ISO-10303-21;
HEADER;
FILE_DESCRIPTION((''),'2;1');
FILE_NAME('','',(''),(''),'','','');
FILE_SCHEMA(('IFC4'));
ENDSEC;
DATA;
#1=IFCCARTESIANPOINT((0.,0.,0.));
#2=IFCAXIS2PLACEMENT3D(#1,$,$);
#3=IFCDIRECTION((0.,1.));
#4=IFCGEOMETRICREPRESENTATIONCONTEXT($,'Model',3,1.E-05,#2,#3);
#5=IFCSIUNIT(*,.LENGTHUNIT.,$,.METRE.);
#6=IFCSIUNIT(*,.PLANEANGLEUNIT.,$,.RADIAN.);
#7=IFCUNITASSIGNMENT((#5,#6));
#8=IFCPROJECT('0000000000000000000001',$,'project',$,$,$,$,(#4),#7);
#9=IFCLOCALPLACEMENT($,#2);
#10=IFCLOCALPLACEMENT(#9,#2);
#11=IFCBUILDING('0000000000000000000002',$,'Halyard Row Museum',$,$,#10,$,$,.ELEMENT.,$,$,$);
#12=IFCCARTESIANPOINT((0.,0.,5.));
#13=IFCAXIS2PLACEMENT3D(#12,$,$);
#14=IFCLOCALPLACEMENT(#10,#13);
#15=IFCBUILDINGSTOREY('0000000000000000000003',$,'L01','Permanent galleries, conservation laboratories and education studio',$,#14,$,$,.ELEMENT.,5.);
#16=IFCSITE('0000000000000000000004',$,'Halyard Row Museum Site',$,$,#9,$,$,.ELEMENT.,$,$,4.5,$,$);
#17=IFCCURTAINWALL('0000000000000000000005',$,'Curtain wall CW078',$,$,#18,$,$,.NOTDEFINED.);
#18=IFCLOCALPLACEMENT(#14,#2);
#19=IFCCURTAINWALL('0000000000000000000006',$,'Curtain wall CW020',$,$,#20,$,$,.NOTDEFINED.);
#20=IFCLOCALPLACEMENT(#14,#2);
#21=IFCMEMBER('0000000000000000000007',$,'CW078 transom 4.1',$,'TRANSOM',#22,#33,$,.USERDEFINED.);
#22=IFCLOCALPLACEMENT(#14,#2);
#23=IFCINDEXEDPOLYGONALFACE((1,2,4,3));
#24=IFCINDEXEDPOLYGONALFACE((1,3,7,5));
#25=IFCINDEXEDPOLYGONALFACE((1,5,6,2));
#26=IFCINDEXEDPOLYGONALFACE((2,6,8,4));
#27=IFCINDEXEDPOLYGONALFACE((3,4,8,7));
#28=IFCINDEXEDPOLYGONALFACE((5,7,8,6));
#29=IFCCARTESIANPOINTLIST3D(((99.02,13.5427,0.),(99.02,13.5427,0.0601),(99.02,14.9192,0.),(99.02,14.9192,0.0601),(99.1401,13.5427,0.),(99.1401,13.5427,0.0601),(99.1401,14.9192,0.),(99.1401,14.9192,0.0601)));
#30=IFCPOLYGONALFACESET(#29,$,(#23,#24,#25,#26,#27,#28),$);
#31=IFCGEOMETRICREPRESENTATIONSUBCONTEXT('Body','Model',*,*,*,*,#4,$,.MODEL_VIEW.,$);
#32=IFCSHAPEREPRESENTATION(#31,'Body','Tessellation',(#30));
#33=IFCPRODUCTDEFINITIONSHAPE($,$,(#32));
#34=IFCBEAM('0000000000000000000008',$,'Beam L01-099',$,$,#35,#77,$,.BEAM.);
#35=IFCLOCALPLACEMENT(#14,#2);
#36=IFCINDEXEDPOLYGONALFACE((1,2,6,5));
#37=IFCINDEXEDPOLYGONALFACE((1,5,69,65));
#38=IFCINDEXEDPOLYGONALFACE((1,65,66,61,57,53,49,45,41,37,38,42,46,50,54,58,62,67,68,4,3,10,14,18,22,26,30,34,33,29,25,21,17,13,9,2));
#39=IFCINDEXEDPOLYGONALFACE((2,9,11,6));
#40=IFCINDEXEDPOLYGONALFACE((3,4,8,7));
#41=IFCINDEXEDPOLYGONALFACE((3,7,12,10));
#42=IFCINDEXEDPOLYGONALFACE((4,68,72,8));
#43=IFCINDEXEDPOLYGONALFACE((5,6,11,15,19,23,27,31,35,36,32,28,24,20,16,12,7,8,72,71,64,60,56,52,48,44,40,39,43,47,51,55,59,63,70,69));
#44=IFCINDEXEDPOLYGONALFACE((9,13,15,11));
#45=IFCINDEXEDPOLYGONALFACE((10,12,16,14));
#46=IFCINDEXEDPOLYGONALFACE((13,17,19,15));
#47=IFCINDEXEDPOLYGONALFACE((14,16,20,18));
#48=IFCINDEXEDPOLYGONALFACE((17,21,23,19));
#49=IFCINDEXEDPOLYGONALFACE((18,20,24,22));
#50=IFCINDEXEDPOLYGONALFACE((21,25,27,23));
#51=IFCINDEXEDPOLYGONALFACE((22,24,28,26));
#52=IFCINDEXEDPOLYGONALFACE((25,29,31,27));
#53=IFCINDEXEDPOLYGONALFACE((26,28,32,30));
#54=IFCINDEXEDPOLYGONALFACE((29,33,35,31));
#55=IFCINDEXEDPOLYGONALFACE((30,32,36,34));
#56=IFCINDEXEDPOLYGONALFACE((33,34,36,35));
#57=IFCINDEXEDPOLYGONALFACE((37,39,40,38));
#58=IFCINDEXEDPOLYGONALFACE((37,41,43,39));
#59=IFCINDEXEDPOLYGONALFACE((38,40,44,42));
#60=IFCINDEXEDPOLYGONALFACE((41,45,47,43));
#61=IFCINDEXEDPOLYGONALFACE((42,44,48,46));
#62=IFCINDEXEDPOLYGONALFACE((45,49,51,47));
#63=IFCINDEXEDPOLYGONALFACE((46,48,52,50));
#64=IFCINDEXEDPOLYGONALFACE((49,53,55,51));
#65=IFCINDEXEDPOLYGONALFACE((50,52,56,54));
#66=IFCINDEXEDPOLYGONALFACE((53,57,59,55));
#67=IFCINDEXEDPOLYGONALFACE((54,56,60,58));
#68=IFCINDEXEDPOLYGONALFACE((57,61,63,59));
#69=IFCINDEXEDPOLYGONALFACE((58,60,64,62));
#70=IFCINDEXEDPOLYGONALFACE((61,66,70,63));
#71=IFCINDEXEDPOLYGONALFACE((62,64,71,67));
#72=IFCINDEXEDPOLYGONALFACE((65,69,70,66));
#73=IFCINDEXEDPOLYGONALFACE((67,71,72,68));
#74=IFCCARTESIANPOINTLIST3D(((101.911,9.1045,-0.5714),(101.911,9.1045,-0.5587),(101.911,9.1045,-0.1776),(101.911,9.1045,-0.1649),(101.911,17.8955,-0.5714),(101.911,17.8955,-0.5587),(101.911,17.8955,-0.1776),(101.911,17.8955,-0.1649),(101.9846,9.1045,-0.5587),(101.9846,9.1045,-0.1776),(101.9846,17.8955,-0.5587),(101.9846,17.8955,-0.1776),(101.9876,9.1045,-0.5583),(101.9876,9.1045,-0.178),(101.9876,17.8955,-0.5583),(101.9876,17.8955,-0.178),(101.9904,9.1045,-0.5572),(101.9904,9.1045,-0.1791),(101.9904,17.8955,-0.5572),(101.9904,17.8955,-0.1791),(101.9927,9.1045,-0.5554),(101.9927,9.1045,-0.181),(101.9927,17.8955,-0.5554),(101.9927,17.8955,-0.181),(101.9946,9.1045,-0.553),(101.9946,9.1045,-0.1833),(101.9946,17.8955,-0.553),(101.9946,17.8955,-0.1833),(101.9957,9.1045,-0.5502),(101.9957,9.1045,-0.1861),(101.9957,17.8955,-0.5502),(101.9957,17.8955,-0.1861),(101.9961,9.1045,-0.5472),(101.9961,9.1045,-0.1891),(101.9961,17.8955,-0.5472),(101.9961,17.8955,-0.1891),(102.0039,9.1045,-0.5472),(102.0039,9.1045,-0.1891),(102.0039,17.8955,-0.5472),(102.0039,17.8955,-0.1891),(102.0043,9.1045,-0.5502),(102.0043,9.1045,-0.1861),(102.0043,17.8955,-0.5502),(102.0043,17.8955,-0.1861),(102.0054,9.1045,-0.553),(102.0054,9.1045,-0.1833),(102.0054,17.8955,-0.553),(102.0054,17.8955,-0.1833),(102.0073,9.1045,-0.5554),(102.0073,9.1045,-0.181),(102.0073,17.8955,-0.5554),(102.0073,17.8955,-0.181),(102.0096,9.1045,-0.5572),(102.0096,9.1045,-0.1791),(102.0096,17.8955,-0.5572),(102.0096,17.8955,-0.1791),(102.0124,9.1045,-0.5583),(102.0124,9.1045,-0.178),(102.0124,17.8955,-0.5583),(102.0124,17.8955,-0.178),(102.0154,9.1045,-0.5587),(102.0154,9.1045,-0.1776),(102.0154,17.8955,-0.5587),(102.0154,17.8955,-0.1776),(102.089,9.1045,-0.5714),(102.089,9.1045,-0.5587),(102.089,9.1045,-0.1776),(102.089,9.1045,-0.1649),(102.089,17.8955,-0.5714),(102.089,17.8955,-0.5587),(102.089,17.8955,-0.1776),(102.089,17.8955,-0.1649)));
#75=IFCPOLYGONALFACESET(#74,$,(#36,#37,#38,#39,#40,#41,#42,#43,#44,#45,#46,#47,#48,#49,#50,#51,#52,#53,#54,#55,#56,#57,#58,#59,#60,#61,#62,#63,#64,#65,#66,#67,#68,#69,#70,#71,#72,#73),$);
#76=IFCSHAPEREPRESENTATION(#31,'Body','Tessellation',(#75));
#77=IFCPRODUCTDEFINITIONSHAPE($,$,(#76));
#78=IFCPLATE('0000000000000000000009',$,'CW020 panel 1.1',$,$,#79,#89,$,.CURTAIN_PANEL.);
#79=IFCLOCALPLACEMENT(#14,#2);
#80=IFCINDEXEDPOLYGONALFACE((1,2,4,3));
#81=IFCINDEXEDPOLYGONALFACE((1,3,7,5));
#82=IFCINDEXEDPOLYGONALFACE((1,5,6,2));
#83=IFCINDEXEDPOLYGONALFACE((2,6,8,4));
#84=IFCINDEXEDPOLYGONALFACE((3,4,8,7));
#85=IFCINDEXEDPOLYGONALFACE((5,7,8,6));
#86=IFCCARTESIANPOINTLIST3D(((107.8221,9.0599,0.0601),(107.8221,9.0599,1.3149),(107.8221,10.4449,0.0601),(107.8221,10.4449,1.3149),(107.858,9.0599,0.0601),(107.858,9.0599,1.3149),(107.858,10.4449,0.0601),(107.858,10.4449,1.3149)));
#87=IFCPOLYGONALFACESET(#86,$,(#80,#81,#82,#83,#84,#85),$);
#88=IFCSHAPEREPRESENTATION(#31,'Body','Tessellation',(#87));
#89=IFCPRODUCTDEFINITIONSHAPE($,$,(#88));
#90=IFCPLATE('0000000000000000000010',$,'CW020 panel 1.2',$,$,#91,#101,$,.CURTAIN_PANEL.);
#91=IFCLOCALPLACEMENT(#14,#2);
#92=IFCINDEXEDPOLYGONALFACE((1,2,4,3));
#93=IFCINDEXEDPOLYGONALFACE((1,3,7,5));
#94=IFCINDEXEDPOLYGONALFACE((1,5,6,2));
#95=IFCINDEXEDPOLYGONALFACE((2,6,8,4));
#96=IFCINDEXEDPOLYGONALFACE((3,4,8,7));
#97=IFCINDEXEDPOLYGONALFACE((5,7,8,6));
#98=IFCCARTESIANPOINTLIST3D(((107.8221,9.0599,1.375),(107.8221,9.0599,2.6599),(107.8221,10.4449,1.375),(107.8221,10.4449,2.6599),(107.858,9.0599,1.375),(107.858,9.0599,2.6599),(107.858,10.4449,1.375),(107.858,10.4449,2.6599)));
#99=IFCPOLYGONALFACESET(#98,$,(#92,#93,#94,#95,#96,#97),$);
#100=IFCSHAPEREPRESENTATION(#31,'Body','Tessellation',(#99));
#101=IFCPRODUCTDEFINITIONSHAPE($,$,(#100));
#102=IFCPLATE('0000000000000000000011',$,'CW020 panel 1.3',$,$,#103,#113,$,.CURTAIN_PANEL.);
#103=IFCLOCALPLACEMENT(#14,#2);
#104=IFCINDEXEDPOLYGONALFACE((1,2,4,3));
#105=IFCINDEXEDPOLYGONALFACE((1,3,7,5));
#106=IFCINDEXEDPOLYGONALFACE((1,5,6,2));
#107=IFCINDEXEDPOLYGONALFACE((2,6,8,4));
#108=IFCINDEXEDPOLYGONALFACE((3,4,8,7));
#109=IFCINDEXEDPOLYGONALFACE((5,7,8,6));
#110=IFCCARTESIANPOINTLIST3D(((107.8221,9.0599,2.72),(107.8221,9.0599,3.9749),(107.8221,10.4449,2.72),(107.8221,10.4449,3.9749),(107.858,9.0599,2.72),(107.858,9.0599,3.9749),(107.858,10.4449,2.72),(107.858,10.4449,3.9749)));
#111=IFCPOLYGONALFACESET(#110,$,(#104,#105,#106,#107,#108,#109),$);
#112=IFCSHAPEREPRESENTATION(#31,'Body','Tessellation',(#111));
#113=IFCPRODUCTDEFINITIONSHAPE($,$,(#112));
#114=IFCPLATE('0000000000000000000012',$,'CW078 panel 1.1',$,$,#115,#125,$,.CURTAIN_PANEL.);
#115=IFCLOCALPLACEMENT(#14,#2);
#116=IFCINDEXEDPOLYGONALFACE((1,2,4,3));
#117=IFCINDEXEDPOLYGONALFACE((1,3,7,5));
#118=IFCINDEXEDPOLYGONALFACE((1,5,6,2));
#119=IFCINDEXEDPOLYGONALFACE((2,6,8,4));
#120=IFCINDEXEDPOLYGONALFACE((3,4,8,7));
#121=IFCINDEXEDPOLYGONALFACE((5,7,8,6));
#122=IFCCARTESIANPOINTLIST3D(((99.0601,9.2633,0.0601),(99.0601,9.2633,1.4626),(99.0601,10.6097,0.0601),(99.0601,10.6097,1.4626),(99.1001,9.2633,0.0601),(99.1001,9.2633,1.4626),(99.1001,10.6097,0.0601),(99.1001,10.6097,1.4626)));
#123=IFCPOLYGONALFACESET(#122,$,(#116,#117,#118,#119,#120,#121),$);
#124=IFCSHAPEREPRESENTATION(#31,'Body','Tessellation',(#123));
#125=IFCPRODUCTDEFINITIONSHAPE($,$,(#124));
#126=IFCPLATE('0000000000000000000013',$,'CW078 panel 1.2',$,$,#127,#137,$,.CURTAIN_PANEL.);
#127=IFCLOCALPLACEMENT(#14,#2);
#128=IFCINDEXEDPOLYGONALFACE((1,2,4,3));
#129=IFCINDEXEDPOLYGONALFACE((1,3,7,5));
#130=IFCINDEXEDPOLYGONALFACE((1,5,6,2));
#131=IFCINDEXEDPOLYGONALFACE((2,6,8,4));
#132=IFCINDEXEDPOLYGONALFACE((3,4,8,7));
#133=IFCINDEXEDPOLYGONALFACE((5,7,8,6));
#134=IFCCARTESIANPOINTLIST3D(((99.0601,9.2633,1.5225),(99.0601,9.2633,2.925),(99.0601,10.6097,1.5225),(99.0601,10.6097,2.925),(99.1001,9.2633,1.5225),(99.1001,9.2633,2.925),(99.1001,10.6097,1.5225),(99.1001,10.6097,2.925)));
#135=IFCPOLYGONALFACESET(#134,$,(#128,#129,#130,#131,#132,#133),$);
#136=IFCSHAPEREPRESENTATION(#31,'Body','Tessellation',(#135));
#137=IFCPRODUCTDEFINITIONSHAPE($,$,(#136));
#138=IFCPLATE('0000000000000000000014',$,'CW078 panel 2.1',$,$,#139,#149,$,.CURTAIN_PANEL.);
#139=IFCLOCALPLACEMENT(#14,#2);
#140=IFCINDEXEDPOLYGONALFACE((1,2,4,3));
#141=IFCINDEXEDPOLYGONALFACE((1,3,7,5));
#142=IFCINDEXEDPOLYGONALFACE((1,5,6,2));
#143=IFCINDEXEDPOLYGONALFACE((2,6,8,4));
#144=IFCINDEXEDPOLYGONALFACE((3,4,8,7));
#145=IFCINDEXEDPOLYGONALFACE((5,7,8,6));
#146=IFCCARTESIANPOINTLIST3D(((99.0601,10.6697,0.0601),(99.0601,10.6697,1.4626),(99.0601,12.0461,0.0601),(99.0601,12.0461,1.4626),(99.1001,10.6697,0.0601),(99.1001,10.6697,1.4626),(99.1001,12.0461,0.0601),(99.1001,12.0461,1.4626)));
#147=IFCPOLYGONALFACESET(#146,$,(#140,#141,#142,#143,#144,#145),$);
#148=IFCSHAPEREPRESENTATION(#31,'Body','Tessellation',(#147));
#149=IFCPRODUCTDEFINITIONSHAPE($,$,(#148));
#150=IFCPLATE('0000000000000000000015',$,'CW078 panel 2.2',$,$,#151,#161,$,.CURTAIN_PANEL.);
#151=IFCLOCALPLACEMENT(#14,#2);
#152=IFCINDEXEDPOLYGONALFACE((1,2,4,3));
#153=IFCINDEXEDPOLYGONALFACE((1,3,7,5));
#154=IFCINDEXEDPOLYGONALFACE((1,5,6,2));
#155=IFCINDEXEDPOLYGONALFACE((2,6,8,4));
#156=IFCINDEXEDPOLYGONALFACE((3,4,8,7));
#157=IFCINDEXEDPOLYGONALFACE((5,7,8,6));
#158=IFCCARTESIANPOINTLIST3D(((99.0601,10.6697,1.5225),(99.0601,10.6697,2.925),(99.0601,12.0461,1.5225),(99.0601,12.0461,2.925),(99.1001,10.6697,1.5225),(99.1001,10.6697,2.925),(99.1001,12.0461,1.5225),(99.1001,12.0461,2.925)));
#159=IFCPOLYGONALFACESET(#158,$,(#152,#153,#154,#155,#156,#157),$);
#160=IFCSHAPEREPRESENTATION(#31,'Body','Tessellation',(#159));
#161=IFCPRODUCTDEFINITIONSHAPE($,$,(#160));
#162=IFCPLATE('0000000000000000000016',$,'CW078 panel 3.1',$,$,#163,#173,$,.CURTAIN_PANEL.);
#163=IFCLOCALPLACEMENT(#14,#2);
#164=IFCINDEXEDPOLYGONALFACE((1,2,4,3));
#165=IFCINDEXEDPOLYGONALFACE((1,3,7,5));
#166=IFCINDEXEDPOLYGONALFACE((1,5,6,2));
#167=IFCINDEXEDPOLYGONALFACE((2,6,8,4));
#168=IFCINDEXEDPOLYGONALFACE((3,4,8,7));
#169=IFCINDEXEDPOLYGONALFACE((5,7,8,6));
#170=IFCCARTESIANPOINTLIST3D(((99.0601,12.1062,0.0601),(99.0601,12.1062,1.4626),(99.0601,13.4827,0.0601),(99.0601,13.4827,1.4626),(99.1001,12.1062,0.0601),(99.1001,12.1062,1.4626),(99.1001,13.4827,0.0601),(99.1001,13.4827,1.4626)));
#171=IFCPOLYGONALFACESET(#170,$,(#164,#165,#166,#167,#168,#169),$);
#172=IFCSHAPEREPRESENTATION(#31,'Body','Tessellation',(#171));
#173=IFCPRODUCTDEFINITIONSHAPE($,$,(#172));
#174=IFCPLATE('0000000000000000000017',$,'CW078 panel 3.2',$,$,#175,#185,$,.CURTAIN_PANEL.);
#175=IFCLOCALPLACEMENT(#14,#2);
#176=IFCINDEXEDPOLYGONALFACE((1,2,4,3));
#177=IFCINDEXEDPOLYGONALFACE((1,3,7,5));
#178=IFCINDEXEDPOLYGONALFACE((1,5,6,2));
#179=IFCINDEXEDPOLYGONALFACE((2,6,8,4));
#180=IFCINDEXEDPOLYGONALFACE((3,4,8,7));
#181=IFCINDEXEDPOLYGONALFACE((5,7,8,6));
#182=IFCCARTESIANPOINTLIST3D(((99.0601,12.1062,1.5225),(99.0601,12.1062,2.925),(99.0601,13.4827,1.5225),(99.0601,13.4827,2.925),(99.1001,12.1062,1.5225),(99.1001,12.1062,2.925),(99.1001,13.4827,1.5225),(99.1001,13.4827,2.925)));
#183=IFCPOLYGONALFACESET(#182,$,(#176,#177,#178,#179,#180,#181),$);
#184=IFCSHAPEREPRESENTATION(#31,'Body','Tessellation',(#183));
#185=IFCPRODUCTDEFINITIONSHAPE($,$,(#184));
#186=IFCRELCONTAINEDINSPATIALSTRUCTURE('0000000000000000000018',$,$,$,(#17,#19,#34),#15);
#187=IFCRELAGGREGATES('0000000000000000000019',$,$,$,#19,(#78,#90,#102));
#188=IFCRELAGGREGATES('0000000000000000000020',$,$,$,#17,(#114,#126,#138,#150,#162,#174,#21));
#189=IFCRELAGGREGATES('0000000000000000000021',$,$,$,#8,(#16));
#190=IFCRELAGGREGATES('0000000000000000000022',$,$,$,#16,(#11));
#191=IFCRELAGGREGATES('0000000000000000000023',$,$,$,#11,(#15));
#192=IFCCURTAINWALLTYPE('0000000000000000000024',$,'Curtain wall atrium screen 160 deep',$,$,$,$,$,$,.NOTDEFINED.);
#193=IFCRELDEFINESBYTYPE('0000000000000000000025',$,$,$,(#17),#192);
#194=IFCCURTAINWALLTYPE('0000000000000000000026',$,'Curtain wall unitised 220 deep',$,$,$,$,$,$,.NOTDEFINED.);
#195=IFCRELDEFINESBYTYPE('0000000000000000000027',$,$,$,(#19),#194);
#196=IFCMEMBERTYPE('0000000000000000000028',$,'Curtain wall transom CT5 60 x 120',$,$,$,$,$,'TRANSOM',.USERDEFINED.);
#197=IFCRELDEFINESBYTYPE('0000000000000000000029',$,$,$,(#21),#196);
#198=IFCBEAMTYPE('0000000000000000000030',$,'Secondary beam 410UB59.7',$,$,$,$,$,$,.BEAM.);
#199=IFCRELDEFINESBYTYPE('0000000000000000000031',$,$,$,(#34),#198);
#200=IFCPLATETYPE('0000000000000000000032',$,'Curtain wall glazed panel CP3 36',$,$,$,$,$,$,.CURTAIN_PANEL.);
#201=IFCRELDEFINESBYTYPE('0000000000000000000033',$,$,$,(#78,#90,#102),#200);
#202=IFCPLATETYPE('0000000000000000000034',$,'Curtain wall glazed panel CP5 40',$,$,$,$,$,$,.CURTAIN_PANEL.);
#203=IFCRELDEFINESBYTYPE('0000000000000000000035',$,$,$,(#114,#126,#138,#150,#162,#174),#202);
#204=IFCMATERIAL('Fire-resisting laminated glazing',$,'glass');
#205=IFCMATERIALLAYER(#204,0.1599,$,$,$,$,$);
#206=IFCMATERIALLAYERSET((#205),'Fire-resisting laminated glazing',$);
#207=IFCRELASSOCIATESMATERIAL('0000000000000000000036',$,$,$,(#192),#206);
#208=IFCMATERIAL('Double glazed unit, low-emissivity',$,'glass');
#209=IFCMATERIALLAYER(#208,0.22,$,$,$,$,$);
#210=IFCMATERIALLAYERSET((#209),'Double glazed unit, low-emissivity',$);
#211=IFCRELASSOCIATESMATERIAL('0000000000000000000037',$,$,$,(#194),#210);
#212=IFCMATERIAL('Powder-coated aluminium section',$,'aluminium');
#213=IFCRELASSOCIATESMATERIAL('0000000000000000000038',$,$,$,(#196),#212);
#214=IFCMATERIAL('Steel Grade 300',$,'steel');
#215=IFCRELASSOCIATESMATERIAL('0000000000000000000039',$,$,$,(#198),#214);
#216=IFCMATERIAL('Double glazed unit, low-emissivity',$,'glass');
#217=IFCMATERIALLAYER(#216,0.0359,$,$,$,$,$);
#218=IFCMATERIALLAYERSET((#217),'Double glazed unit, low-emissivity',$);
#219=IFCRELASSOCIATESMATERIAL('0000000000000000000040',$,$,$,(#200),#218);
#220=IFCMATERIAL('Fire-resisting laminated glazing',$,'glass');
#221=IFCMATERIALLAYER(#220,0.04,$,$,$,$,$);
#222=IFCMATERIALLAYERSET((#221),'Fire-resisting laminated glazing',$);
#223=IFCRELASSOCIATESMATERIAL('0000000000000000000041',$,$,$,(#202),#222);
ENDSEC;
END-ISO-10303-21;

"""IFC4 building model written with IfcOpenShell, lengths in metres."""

from ifc_helpers import new_model, si_unit, direction, frame, origin, origin_2d, place, context, subcontext, project, spatial, rectangle, i_section, extrude, material, layer, layer_set, material_profile, profile_set, type_object, element, aggregate, save


model = new_model("IFC4")

# Units and contexts
model_context = context("Model", 3, precision=1e-05, world=origin(), true_north=direction((0.0, 1.0)))
body_context = subcontext(model_context, "Body", "Model", "MODEL_VIEW")
ifc_project = project(units=[si_unit("LENGTHUNIT", "METRE"), si_unit("PLANEANGLEUNIT", "RADIAN")], contexts=[model_context])

# Site, building, storey
site_placement = place(None, origin())
site = spatial("IfcSite", under=ifc_project, at=site_placement, Name="Halyard Row Museum Site", CompositionType="ELEMENT", RefElevation=4.5)
building_placement = place(site_placement, origin())
building = spatial("IfcBuilding", under=site, at=building_placement, Name="Halyard Row Museum", CompositionType="ELEMENT")
storey_placement = place(building_placement, frame((0.0, 0.0, 5.0)))
storey = spatial("IfcBuildingStorey", under=building, at=storey_placement, Name="L01", Description="Permanent galleries, conservation laboratories and education studio", CompositionType="ELEMENT", Elevation=5.0)

# Curtain walls
ifc_material_1 = material(Name="Fire-resisting laminated glazing", Category="glass")
ifc_layer_1 = layer(ifc_material_1, 0.1599)
ifc_layer_set_1 = layer_set([ifc_layer_1], Name="Fire-resisting laminated glazing")
curtain_wall_type_1 = type_object("IfcCurtainWallType", Name="Curtain wall atrium screen 160 deep", PredefinedType="NOTDEFINED", material=ifc_layer_set_1)
curtain_wall_1_placement = place(storey_placement, origin())
curtain_wall_1 = element("IfcCurtainWall", 1, at=curtain_wall_1_placement, inside=storey, type_object=curtain_wall_type_1, Name="Curtain wall CW078", PredefinedType="NOTDEFINED")
ifc_material_2 = material(Name="Double glazed unit, low-emissivity", Category="glass")
ifc_layer_2 = layer(ifc_material_2, 0.22)
ifc_layer_set_2 = layer_set([ifc_layer_2], Name="Double glazed unit, low-emissivity")
curtain_wall_type_2 = type_object("IfcCurtainWallType", Name="Curtain wall unitised 220 deep", PredefinedType="NOTDEFINED", material=ifc_layer_set_2)
curtain_wall_2_placement = place(storey_placement, origin())
curtain_wall_2 = element("IfcCurtainWall", 2, at=curtain_wall_2_placement, inside=storey, type_object=curtain_wall_type_2, Name="Curtain wall CW020", PredefinedType="NOTDEFINED")

# Member
ifc_material_3 = material(Name="Powder-coated aluminium section", Category="aluminium")
ifc_material_profile_1 = material_profile(ifc_material_3, rectangle(XDim=0.1201, YDim=0.0601, at=origin_2d()), Name="120x60 transom")
ifc_profile_set_1 = profile_set([ifc_material_profile_1], Name="Powder-coated aluminium section")
member_type_1 = type_object("IfcMemberType", Name="Curtain wall transom CT5 60 x 120", ElementType="TRANSOM", PredefinedType="USERDEFINED", material=ifc_profile_set_1)
member_1_placement = place(storey_placement, frame((99.0801, 13.5427, 0.03), z_axis=(0.0, 1.0, 0.0), x_axis=(-1.0, 0.0, 0.0)))
member_1 = element("IfcMember", 3, at=member_1_placement, type_object=member_type_1, Name="CW078 transom 4.1", ObjectType="TRANSOM", PredefinedType="USERDEFINED", context=body_context, shape_type="SweptSolid", body=[
    extrude(rectangle(XDim=0.1201, YDim=0.0601, at=origin_2d()), origin(), (0.0, 0.0, 1.0), 1.3765),
])

# Beam
ifc_material_4 = material(Name="Steel Grade 300", Category="steel")
ifc_material_profile_2 = material_profile(ifc_material_4, i_section(OverallWidth=0.178, OverallDepth=0.4065, WebThickness=0.0078, FlangeThickness=0.0127, FilletRadius=0.0115, at=origin_2d()), Name="410UB59.7")
ifc_profile_set_2 = profile_set([ifc_material_profile_2], Name="Steel Grade 300")
beam_type = type_object("IfcBeamType", Name="Secondary beam 410UB59.7", PredefinedType="BEAM", material=ifc_profile_set_2)
beam_placement = place(storey_placement, frame((102.0, 9.1045, -0.3682), z_axis=(0.0, 1.0, 0.0), x_axis=(-1.0, 0.0, 0.0)))
element("IfcBeam", 4, at=beam_placement, inside=storey, type_object=beam_type, Name="Beam L01-099", PredefinedType="BEAM", context=body_context, shape_type="SweptSolid", body=[
    extrude(i_section(OverallWidth=0.178, OverallDepth=0.4065, WebThickness=0.0078, FlangeThickness=0.0127, FilletRadius=0.0115, at=origin_2d()), origin(), (0.0, 0.0, 1.0), 8.791),
])

# Plates
ifc_material_5 = material(Name="Double glazed unit, low-emissivity", Category="glass")
ifc_layer_3 = layer(ifc_material_5, 0.0359)
ifc_layer_set_3 = layer_set([ifc_layer_3], Name="Double glazed unit, low-emissivity")
plate_type_1 = type_object("IfcPlateType", Name="Curtain wall glazed panel CP3 36", PredefinedType="CURTAIN_PANEL", material=ifc_layer_set_3)
plate_1_placement = place(storey_placement, frame((107.8401, 9.7524, 0.0601), z_axis=(0.0, 0.0, 1.0), x_axis=(0.0, 1.0, 0.0)))
plate_1 = element("IfcPlate", 5, at=plate_1_placement, type_object=plate_type_1, Name="CW020 panel 1.1", PredefinedType="CURTAIN_PANEL", context=body_context, shape_type="SweptSolid", body=[
    extrude(rectangle(XDim=1.385, YDim=0.0359, at=origin_2d()), origin(), (0.0, 0.0, 1.0), 1.2549),
])
plate_2_placement = place(storey_placement, frame((107.8401, 9.7524, 1.375), z_axis=(0.0, 0.0, 1.0), x_axis=(0.0, 1.0, 0.0)))
plate_2 = element("IfcPlate", 6, at=plate_2_placement, type_object=plate_type_1, Name="CW020 panel 1.2", PredefinedType="CURTAIN_PANEL", context=body_context, shape_type="SweptSolid", body=[
    extrude(rectangle(XDim=1.385, YDim=0.0359, at=origin_2d()), origin(), (0.0, 0.0, 1.0), 1.2849),
])
plate_3_placement = place(storey_placement, frame((107.8401, 9.7524, 2.72), z_axis=(0.0, 0.0, 1.0), x_axis=(0.0, 1.0, 0.0)))
plate_3 = element("IfcPlate", 7, at=plate_3_placement, type_object=plate_type_1, Name="CW020 panel 1.3", PredefinedType="CURTAIN_PANEL", context=body_context, shape_type="SweptSolid", body=[
    extrude(rectangle(XDim=1.385, YDim=0.0359, at=origin_2d()), origin(), (0.0, 0.0, 1.0), 1.2549),
])
aggregate(curtain_wall_2, [plate_1, plate_2, plate_3])
ifc_material_6 = material(Name="Fire-resisting laminated glazing", Category="glass")
ifc_layer_4 = layer(ifc_material_6, 0.04)
ifc_layer_set_4 = layer_set([ifc_layer_4], Name="Fire-resisting laminated glazing")
plate_type_2 = type_object("IfcPlateType", Name="Curtain wall glazed panel CP5 40", PredefinedType="CURTAIN_PANEL", material=ifc_layer_set_4)
plate_4_placement = place(storey_placement, frame((99.0801, 9.9365, 0.0601), z_axis=(0.0, 0.0, 1.0), x_axis=(0.0, 1.0, 0.0)))
plate_4 = element("IfcPlate", 8, at=plate_4_placement, type_object=plate_type_2, Name="CW078 panel 1.1", PredefinedType="CURTAIN_PANEL", context=body_context, shape_type="SweptSolid", body=[
    extrude(rectangle(XDim=1.3464, YDim=0.04, at=origin_2d()), origin(), (0.0, 0.0, 1.0), 1.4026),
])
plate_5_placement = place(storey_placement, frame((99.0801, 9.9365, 1.5225), z_axis=(0.0, 0.0, 1.0), x_axis=(0.0, 1.0, 0.0)))
plate_5 = element("IfcPlate", 9, at=plate_5_placement, type_object=plate_type_2, Name="CW078 panel 1.2", PredefinedType="CURTAIN_PANEL", context=body_context, shape_type="SweptSolid", body=[
    extrude(rectangle(XDim=1.3464, YDim=0.04, at=origin_2d()), origin(), (0.0, 0.0, 1.0), 1.4026),
])
plate_6_placement = place(storey_placement, frame((99.0801, 11.3579, 0.0601), z_axis=(0.0, 0.0, 1.0), x_axis=(0.0, 1.0, 0.0)))
plate_6 = element("IfcPlate", 10, at=plate_6_placement, type_object=plate_type_2, Name="CW078 panel 2.1", PredefinedType="CURTAIN_PANEL", context=body_context, shape_type="SweptSolid", body=[
    extrude(rectangle(XDim=1.3765, YDim=0.04, at=origin_2d()), origin(), (0.0, 0.0, 1.0), 1.4026),
])
plate_7_placement = place(storey_placement, frame((99.0801, 11.3579, 1.5225), z_axis=(0.0, 0.0, 1.0), x_axis=(0.0, 1.0, 0.0)))
plate_7 = element("IfcPlate", 11, at=plate_7_placement, type_object=plate_type_2, Name="CW078 panel 2.2", PredefinedType="CURTAIN_PANEL", context=body_context, shape_type="SweptSolid", body=[
    extrude(rectangle(XDim=1.3765, YDim=0.04, at=origin_2d()), origin(), (0.0, 0.0, 1.0), 1.4026),
])
plate_8_placement = place(storey_placement, frame((99.0801, 12.7944, 0.0601), z_axis=(0.0, 0.0, 1.0), x_axis=(0.0, 1.0, 0.0)))
plate_8 = element("IfcPlate", 12, at=plate_8_placement, type_object=plate_type_2, Name="CW078 panel 3.1", PredefinedType="CURTAIN_PANEL", context=body_context, shape_type="SweptSolid", body=[
    extrude(rectangle(XDim=1.3765, YDim=0.04, at=origin_2d()), origin(), (0.0, 0.0, 1.0), 1.4026),
])
plate_9_placement = place(storey_placement, frame((99.0801, 12.7944, 1.5225), z_axis=(0.0, 0.0, 1.0), x_axis=(0.0, 1.0, 0.0)))
plate_9 = element("IfcPlate", 13, at=plate_9_placement, type_object=plate_type_2, Name="CW078 panel 3.2", PredefinedType="CURTAIN_PANEL", context=body_context, shape_type="SweptSolid", body=[
    extrude(rectangle(XDim=1.3765, YDim=0.04, at=origin_2d()), origin(), (0.0, 0.0, 1.0), 1.4026),
])
aggregate(curtain_wall_1, [plate_4, plate_5, plate_6, plate_7, plate_8, plate_9, member_1])

save(model, "model.ifc")
